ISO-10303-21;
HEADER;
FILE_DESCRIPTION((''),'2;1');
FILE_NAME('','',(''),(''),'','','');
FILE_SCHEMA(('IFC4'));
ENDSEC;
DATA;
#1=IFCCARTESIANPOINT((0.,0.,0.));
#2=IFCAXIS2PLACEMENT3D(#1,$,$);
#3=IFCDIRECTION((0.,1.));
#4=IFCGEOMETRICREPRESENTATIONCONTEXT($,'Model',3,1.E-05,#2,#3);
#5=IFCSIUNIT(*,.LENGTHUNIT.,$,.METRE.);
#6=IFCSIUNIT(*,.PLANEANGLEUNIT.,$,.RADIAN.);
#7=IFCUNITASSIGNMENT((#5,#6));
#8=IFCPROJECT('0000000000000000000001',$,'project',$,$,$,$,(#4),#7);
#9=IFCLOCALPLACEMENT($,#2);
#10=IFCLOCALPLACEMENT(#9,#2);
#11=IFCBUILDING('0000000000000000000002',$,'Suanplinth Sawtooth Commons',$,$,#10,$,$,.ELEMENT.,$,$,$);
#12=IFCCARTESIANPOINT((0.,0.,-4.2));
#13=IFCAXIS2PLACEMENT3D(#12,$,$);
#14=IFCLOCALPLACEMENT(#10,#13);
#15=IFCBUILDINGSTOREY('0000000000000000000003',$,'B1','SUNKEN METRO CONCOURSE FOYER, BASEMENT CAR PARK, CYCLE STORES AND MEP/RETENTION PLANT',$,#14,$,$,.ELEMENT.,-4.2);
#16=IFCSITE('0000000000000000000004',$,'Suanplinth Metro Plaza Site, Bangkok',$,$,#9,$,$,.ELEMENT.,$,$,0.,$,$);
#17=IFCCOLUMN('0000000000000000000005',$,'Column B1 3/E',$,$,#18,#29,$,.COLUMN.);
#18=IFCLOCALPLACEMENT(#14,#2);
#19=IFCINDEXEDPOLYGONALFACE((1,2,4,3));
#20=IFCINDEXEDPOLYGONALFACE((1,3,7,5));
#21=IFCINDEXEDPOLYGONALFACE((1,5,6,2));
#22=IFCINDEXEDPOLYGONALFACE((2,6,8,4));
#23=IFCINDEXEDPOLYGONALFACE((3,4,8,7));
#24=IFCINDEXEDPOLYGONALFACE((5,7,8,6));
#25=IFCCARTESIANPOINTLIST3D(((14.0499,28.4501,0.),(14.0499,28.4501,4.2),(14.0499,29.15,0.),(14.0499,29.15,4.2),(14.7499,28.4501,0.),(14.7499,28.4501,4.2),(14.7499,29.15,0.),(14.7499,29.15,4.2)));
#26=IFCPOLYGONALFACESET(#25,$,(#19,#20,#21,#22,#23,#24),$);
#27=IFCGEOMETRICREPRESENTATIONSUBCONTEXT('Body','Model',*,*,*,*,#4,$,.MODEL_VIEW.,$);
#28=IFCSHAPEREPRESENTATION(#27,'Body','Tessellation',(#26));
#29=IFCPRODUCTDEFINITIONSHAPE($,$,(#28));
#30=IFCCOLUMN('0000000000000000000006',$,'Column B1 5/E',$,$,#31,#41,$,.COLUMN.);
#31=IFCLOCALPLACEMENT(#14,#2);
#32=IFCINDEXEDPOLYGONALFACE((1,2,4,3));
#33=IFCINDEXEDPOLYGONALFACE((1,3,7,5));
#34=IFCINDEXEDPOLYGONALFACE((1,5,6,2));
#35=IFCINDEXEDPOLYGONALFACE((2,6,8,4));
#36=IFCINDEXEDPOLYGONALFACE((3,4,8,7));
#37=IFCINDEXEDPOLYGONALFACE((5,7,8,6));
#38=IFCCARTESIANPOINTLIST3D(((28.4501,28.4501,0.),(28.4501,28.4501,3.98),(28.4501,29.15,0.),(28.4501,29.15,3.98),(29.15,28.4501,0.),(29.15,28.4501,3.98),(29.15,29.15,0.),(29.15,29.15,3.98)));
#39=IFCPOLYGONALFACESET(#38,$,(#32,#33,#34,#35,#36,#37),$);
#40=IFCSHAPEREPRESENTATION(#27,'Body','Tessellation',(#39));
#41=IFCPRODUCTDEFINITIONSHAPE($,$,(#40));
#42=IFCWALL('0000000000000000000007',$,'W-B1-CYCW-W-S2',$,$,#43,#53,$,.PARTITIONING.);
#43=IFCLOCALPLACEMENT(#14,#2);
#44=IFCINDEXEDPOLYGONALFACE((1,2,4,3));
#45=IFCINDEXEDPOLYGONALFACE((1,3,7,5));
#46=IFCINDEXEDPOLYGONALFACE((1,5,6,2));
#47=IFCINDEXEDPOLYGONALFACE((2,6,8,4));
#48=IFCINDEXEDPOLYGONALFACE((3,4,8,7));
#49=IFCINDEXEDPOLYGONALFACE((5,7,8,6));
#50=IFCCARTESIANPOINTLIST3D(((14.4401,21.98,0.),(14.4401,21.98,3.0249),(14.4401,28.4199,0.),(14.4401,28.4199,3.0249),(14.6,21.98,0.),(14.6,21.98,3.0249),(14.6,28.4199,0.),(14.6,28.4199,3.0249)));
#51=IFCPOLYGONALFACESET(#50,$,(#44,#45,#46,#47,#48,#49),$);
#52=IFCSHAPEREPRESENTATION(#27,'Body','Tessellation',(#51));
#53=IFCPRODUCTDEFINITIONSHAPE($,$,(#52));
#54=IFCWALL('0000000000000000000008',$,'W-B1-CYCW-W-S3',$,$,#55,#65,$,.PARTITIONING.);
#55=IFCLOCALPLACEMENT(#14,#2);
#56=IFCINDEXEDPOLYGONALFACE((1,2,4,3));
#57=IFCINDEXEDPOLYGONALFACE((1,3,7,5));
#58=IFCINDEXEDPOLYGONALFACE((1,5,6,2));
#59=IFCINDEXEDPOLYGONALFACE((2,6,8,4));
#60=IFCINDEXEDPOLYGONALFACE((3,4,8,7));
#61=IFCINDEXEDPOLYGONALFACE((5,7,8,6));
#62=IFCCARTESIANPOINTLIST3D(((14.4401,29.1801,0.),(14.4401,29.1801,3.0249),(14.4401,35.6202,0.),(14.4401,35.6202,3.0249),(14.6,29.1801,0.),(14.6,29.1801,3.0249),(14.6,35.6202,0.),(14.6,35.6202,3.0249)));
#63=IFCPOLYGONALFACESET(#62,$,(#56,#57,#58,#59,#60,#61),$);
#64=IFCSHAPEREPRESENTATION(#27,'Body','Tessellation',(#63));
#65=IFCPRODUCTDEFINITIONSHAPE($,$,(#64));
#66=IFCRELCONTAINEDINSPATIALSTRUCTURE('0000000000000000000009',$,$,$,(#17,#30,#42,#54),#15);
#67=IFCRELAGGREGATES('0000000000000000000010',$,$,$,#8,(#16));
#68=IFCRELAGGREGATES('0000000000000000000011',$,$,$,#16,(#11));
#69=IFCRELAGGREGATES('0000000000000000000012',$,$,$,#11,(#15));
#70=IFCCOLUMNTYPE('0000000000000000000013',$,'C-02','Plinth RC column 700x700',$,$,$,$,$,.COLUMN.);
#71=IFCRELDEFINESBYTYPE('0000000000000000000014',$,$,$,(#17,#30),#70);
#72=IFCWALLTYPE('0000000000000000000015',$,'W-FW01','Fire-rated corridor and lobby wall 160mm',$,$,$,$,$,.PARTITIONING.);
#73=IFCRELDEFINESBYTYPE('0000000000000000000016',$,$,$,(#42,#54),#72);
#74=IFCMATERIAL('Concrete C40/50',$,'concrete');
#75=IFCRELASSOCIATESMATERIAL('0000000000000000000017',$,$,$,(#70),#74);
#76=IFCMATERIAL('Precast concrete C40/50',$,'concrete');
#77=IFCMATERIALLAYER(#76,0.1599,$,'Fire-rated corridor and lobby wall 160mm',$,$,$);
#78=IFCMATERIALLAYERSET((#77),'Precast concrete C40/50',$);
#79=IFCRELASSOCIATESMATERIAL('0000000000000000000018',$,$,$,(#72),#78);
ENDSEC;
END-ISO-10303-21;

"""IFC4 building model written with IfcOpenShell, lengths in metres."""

from ifc_helpers import new_model, si_unit, direction, frame, frame_2d, origin, origin_2d, place, context, subcontext, project, spatial, rectangle, extrude, material, layer, layer_set, material_profile, profile_set, type_object, element, save


model = new_model("IFC4")

# Units and contexts
model_context = context("Model", 3, precision=1e-05, world=origin(), true_north=direction((0.0, 1.0)))
body_context = subcontext(model_context, "Body", "Model", "MODEL_VIEW")
ifc_project = project(units=[si_unit("LENGTHUNIT", "METRE"), si_unit("PLANEANGLEUNIT", "RADIAN")], contexts=[model_context])

# Site, building, storey
site_placement = place(None, origin())
site = spatial("IfcSite", under=ifc_project, at=site_placement, Name="Suanplinth Metro Plaza Site, Bangkok", CompositionType="ELEMENT", RefElevation=0.0)
building_placement = place(site_placement, origin())
building = spatial("IfcBuilding", under=site, at=building_placement, Name="Suanplinth Sawtooth Commons", CompositionType="ELEMENT")
storey_placement = place(building_placement, frame((0.0, 0.0, -4.2)))
storey = spatial("IfcBuildingStorey", under=building, at=storey_placement, Name="B1", Description="SUNKEN METRO CONCOURSE FOYER, BASEMENT CAR PARK, CYCLE STORES AND MEP/RETENTION PLANT", CompositionType="ELEMENT", Elevation=-4.2)

# Columns
ifc_material_1 = material(Name="Concrete C40/50", Category="concrete")
ifc_material_profile_1 = material_profile(ifc_material_1, rectangle(XDim=0.7, YDim=0.7, at=origin_2d()), Name="RC-COL 700x700")
ifc_profile_set_1 = profile_set([ifc_material_profile_1], Name="Concrete C40/50")
column_type = type_object("IfcColumnType", Name="C-02", Description="Plinth RC column 700x700", PredefinedType="COLUMN", material=ifc_profile_set_1)
for number, where, z_axis, x_axis, name in (
    (1, (14.3999, 28.8, 0.0), (0.0, 0.0, 1.0), (1.0, 0.0, 0.0), "Column B1 3/E"),
):
    element("IfcColumn", number, at=place(storey_placement, frame(where, z_axis=z_axis, x_axis=x_axis)), inside=storey, type_object=column_type, Name=name, PredefinedType="COLUMN", context=body_context, shape_type="SweptSolid", body=[
        extrude(rectangle(XDim=0.7, YDim=0.7, at=origin_2d()), origin(), (0.0, 0.0, 1.0), 4.2),
    ])
column_placement = place(storey_placement, frame((28.8, 28.8, 0.0), z_axis=(0.0, 0.0, 1.0), x_axis=(1.0, 0.0, 0.0)))
element("IfcColumn", 2, at=column_placement, inside=storey, type_object=column_type, Name="Column B1 5/E", PredefinedType="COLUMN", context=body_context, shape_type="SweptSolid", body=[
    extrude(rectangle(XDim=0.7, YDim=0.7, at=origin_2d()), origin(), (0.0, 0.0, 1.0), 3.98),
])

# Walls
ifc_material_2 = material(Name="Precast concrete C40/50", Category="concrete")
ifc_layer = layer(ifc_material_2, 0.1599, Name="Fire-rated corridor and lobby wall 160mm")
ifc_layer_set = layer_set([ifc_layer], Name="Precast concrete C40/50")
wall_type = type_object("IfcWallType", Name="W-FW01", Description="Fire-rated corridor and lobby wall 160mm", PredefinedType="PARTITIONING", material=ifc_layer_set)
wall_1_placement = place(storey_placement, frame((14.52, 21.98, 0.0), z_axis=(0.0, 0.0, 1.0), x_axis=(0.0, 1.0, 0.0)))
element("IfcWall", 3, at=wall_1_placement, inside=storey, type_object=wall_type, Name="W-B1-CYCW-W-S2", PredefinedType="PARTITIONING", context=body_context, shape_type="SweptSolid", body=[
    extrude(rectangle(XDim=6.4399, YDim=0.1599, at=frame_2d((3.22, 0.0))), origin(), (0.0, 0.0, 1.0), 3.0249),
])
wall_2_placement = place(storey_placement, frame((14.52, 29.1799, 0.0), z_axis=(0.0, 0.0, 1.0), x_axis=(0.0, 1.0, 0.0)))
element("IfcWall", 4, at=wall_2_placement, inside=storey, type_object=wall_type, Name="W-B1-CYCW-W-S3", PredefinedType="PARTITIONING", context=body_context, shape_type="SweptSolid", body=[
    extrude(rectangle(XDim=6.4402, YDim=0.1599, at=frame_2d((3.2202, 0.0))), origin(), (0.0, 0.0, 1.0), 3.0249),
])

save(model, "model.ifc")
